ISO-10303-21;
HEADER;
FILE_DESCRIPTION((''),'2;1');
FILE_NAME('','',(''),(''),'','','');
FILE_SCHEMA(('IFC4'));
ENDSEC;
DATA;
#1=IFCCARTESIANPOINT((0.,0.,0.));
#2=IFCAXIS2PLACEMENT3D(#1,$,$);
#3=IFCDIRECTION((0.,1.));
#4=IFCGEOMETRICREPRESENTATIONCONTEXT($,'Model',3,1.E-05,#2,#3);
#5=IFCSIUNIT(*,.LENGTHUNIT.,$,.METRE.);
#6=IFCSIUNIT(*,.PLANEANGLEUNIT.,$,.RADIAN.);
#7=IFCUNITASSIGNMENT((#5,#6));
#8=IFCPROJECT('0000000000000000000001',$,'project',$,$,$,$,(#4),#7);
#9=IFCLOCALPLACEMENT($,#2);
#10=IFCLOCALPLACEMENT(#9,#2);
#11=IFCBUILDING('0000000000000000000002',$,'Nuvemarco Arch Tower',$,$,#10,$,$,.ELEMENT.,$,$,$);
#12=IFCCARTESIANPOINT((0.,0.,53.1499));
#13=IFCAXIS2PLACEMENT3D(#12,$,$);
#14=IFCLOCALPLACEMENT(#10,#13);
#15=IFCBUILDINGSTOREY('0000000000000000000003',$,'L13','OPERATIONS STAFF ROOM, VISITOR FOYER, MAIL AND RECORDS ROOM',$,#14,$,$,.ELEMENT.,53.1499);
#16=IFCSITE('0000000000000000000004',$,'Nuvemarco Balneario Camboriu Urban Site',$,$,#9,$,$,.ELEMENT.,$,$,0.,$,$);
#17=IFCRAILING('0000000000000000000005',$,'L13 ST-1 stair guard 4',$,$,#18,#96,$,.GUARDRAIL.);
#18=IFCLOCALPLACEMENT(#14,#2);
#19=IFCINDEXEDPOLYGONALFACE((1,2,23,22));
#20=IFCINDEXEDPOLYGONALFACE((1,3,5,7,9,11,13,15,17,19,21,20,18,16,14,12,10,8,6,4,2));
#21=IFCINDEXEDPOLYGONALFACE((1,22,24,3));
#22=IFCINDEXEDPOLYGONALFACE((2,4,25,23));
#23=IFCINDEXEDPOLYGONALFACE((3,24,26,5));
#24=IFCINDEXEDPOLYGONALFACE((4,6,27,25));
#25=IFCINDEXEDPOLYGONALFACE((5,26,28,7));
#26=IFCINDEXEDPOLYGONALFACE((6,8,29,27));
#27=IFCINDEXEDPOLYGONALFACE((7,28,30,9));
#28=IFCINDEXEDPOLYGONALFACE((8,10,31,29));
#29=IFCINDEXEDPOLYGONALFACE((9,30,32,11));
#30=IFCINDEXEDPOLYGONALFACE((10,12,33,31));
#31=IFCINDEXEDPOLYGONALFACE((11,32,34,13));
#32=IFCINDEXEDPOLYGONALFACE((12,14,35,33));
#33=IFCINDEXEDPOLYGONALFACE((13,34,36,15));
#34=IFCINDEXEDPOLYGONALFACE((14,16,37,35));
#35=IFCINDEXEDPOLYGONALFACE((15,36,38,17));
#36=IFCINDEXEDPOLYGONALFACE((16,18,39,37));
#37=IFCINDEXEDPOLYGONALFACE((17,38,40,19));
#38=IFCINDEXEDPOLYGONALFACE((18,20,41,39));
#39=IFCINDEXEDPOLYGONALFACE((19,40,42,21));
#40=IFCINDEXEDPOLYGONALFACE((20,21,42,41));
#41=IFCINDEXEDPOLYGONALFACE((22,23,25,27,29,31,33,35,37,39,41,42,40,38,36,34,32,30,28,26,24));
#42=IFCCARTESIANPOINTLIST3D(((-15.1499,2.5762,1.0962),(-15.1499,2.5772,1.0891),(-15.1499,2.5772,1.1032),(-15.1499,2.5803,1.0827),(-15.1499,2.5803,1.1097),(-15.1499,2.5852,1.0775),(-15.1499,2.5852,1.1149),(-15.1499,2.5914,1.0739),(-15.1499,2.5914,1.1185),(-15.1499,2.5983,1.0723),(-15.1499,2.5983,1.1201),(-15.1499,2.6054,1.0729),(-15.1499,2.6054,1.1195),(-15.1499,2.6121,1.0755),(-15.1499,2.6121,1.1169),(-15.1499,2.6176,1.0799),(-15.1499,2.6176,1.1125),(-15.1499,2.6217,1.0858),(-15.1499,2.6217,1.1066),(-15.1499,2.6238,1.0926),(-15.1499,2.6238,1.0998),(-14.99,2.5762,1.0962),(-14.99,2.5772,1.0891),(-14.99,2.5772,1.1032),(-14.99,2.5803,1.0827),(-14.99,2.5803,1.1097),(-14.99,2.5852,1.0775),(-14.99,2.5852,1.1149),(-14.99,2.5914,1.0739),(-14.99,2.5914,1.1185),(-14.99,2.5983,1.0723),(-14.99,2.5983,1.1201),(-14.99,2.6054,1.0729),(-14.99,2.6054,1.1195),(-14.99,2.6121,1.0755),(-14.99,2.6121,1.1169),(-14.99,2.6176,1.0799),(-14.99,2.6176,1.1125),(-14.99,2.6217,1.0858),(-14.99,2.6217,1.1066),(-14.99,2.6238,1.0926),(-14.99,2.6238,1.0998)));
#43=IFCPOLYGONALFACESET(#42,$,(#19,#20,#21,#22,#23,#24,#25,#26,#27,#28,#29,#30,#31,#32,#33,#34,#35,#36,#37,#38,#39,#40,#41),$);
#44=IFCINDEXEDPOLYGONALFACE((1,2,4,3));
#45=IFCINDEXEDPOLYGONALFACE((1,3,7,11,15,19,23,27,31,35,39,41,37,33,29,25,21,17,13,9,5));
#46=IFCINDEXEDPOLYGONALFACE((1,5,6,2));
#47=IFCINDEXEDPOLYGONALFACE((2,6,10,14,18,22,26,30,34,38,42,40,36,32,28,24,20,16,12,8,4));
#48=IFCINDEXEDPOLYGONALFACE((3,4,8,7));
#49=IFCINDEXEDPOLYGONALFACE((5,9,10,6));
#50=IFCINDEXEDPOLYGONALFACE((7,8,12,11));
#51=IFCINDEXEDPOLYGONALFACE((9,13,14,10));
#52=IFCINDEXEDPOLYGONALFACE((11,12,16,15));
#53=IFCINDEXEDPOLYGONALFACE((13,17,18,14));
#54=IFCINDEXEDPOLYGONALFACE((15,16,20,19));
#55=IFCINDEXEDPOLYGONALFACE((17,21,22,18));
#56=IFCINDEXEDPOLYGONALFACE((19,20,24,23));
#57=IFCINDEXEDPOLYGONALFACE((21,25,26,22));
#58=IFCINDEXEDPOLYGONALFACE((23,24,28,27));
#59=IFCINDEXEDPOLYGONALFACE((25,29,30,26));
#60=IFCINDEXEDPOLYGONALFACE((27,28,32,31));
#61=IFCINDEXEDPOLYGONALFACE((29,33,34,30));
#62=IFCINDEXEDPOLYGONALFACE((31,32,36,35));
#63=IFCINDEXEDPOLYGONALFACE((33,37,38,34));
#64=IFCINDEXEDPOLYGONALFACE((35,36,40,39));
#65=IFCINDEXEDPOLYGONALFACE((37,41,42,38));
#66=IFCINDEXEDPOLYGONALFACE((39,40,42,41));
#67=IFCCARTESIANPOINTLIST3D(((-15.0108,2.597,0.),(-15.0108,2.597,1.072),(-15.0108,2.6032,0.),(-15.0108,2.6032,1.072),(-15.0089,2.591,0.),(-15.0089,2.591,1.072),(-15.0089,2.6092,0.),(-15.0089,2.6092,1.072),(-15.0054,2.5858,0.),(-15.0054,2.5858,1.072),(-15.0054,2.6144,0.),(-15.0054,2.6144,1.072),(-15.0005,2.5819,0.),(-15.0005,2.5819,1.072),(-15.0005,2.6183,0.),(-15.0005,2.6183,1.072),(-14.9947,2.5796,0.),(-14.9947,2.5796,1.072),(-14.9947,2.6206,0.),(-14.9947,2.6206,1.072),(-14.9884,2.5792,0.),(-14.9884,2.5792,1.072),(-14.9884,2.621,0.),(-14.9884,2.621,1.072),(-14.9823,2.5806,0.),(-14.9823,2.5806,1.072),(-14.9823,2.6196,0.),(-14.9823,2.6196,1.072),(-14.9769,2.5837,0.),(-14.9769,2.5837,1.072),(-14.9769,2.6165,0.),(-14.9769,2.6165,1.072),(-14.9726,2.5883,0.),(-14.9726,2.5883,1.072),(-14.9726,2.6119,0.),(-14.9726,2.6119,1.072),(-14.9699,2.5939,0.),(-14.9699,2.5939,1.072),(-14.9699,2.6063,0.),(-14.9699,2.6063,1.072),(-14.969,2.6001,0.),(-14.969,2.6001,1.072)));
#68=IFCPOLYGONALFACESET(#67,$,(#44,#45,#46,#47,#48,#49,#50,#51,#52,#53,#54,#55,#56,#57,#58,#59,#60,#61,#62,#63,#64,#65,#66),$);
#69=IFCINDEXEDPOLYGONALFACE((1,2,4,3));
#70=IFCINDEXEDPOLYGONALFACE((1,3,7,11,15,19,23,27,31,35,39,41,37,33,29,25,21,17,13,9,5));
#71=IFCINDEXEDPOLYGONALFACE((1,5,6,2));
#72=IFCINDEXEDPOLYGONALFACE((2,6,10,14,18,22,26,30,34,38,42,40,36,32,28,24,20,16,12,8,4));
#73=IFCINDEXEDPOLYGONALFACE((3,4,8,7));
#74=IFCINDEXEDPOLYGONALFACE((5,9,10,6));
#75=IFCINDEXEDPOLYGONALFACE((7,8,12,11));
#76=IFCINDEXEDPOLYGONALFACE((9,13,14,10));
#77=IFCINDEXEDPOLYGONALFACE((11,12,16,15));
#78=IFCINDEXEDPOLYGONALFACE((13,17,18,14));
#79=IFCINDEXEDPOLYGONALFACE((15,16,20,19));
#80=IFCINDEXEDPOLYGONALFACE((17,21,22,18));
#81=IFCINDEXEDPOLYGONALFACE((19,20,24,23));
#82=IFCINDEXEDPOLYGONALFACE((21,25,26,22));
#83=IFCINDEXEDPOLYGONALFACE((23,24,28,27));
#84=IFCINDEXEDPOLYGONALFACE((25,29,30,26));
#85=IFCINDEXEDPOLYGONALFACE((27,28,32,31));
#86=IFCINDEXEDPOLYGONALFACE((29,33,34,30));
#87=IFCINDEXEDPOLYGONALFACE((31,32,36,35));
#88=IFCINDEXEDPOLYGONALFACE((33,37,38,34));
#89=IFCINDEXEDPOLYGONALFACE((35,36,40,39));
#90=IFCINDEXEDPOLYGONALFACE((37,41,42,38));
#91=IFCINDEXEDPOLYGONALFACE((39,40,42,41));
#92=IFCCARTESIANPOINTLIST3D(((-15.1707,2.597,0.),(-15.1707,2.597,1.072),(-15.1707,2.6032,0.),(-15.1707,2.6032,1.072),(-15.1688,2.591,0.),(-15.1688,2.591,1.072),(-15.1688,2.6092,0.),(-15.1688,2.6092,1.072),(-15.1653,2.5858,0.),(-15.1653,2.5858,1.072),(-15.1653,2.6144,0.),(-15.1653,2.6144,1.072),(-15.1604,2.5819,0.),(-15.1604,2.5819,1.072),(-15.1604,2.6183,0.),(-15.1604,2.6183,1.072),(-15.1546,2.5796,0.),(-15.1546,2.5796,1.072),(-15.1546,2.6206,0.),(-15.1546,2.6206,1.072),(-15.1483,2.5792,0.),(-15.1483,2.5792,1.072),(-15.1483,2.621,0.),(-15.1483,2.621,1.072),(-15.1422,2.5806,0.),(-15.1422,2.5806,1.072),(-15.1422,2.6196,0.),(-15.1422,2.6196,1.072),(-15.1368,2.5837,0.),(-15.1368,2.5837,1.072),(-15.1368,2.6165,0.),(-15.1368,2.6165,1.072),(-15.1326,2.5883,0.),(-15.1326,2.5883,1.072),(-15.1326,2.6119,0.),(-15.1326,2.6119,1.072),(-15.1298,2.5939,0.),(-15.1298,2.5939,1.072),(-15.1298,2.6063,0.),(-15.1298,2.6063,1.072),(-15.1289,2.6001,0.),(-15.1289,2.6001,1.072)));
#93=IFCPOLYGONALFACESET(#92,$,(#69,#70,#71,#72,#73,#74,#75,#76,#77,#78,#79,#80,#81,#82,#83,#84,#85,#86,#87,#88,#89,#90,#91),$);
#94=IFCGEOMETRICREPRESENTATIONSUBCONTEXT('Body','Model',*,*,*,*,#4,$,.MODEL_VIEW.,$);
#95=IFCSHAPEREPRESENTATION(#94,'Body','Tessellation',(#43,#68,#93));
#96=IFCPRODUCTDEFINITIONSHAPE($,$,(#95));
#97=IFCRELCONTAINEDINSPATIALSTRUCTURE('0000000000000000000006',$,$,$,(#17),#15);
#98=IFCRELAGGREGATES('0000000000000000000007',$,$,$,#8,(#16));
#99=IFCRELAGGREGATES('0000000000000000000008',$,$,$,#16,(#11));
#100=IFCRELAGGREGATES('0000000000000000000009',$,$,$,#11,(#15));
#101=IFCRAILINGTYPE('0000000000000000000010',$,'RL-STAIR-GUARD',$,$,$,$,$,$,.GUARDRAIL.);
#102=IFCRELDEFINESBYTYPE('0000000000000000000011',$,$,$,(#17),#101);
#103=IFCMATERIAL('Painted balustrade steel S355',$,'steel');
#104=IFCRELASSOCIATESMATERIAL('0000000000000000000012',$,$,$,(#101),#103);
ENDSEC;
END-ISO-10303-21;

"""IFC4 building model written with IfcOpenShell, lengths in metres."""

from ifc_helpers import new_model, si_unit, direction, frame, origin, origin_2d, place, context, subcontext, project, spatial, circle, extrude, material, type_object, element, save


model = new_model("IFC4")

# Units and contexts
model_context = context("Model", 3, precision=1e-05, world=origin(), true_north=direction((0.0, 1.0)))
body_context = subcontext(model_context, "Body", "Model", "MODEL_VIEW")
ifc_project = project(units=[si_unit("LENGTHUNIT", "METRE"), si_unit("PLANEANGLEUNIT", "RADIAN")], contexts=[model_context])

# Site, building, storey
site_placement = place(None, origin())
site = spatial("IfcSite", under=ifc_project, at=site_placement, Name="Nuvemarco Balneario Camboriu Urban Site", CompositionType="ELEMENT", RefElevation=0.0)
building_placement = place(site_placement, origin())
building = spatial("IfcBuilding", under=site, at=building_placement, Name="Nuvemarco Arch Tower", CompositionType="ELEMENT")
storey_placement = place(building_placement, frame((0.0, 0.0, 53.1499)))
storey = spatial("IfcBuildingStorey", under=building, at=storey_placement, Name="L13", Description="OPERATIONS STAFF ROOM, VISITOR FOYER, MAIL AND RECORDS ROOM", CompositionType="ELEMENT", Elevation=53.1499)

# Railing
ifc_material_1 = material(Name="Painted balustrade steel S355", Category="steel")
railing_type_1 = type_object("IfcRailingType", Name="RL-STAIR-GUARD", PredefinedType="GUARDRAIL", material=ifc_material_1)
railing_1_placement = place(storey_placement, frame((-14.99, 2.6001, 0.0)))
element("IfcRailing", 1, at=railing_1_placement, inside=storey, type_object=railing_type_1, Name="L13 ST-1 stair guard 4", PredefinedType="GUARDRAIL", context=body_context, shape_type="SweptSolid", body=[
    extrude(circle(Radius=0.0239, at=origin_2d()), frame((0.0, 0.0, 1.0962), z_axis=(-1.0, 0.0, 0.0), x_axis=(0.0, -1.0, 0.0)), (0.0, 0.0, 1.0), 0.1599),
    extrude(circle(Radius=0.021, at=origin_2d()), origin(), (0.0, 0.0, 1.0), 1.072),
    extrude(circle(Radius=0.021, at=origin_2d()), frame((-0.1599, 0.0, 0.0)), (0.0, 0.0, 1.0), 1.072),
])

save(model, "model.ifc")
